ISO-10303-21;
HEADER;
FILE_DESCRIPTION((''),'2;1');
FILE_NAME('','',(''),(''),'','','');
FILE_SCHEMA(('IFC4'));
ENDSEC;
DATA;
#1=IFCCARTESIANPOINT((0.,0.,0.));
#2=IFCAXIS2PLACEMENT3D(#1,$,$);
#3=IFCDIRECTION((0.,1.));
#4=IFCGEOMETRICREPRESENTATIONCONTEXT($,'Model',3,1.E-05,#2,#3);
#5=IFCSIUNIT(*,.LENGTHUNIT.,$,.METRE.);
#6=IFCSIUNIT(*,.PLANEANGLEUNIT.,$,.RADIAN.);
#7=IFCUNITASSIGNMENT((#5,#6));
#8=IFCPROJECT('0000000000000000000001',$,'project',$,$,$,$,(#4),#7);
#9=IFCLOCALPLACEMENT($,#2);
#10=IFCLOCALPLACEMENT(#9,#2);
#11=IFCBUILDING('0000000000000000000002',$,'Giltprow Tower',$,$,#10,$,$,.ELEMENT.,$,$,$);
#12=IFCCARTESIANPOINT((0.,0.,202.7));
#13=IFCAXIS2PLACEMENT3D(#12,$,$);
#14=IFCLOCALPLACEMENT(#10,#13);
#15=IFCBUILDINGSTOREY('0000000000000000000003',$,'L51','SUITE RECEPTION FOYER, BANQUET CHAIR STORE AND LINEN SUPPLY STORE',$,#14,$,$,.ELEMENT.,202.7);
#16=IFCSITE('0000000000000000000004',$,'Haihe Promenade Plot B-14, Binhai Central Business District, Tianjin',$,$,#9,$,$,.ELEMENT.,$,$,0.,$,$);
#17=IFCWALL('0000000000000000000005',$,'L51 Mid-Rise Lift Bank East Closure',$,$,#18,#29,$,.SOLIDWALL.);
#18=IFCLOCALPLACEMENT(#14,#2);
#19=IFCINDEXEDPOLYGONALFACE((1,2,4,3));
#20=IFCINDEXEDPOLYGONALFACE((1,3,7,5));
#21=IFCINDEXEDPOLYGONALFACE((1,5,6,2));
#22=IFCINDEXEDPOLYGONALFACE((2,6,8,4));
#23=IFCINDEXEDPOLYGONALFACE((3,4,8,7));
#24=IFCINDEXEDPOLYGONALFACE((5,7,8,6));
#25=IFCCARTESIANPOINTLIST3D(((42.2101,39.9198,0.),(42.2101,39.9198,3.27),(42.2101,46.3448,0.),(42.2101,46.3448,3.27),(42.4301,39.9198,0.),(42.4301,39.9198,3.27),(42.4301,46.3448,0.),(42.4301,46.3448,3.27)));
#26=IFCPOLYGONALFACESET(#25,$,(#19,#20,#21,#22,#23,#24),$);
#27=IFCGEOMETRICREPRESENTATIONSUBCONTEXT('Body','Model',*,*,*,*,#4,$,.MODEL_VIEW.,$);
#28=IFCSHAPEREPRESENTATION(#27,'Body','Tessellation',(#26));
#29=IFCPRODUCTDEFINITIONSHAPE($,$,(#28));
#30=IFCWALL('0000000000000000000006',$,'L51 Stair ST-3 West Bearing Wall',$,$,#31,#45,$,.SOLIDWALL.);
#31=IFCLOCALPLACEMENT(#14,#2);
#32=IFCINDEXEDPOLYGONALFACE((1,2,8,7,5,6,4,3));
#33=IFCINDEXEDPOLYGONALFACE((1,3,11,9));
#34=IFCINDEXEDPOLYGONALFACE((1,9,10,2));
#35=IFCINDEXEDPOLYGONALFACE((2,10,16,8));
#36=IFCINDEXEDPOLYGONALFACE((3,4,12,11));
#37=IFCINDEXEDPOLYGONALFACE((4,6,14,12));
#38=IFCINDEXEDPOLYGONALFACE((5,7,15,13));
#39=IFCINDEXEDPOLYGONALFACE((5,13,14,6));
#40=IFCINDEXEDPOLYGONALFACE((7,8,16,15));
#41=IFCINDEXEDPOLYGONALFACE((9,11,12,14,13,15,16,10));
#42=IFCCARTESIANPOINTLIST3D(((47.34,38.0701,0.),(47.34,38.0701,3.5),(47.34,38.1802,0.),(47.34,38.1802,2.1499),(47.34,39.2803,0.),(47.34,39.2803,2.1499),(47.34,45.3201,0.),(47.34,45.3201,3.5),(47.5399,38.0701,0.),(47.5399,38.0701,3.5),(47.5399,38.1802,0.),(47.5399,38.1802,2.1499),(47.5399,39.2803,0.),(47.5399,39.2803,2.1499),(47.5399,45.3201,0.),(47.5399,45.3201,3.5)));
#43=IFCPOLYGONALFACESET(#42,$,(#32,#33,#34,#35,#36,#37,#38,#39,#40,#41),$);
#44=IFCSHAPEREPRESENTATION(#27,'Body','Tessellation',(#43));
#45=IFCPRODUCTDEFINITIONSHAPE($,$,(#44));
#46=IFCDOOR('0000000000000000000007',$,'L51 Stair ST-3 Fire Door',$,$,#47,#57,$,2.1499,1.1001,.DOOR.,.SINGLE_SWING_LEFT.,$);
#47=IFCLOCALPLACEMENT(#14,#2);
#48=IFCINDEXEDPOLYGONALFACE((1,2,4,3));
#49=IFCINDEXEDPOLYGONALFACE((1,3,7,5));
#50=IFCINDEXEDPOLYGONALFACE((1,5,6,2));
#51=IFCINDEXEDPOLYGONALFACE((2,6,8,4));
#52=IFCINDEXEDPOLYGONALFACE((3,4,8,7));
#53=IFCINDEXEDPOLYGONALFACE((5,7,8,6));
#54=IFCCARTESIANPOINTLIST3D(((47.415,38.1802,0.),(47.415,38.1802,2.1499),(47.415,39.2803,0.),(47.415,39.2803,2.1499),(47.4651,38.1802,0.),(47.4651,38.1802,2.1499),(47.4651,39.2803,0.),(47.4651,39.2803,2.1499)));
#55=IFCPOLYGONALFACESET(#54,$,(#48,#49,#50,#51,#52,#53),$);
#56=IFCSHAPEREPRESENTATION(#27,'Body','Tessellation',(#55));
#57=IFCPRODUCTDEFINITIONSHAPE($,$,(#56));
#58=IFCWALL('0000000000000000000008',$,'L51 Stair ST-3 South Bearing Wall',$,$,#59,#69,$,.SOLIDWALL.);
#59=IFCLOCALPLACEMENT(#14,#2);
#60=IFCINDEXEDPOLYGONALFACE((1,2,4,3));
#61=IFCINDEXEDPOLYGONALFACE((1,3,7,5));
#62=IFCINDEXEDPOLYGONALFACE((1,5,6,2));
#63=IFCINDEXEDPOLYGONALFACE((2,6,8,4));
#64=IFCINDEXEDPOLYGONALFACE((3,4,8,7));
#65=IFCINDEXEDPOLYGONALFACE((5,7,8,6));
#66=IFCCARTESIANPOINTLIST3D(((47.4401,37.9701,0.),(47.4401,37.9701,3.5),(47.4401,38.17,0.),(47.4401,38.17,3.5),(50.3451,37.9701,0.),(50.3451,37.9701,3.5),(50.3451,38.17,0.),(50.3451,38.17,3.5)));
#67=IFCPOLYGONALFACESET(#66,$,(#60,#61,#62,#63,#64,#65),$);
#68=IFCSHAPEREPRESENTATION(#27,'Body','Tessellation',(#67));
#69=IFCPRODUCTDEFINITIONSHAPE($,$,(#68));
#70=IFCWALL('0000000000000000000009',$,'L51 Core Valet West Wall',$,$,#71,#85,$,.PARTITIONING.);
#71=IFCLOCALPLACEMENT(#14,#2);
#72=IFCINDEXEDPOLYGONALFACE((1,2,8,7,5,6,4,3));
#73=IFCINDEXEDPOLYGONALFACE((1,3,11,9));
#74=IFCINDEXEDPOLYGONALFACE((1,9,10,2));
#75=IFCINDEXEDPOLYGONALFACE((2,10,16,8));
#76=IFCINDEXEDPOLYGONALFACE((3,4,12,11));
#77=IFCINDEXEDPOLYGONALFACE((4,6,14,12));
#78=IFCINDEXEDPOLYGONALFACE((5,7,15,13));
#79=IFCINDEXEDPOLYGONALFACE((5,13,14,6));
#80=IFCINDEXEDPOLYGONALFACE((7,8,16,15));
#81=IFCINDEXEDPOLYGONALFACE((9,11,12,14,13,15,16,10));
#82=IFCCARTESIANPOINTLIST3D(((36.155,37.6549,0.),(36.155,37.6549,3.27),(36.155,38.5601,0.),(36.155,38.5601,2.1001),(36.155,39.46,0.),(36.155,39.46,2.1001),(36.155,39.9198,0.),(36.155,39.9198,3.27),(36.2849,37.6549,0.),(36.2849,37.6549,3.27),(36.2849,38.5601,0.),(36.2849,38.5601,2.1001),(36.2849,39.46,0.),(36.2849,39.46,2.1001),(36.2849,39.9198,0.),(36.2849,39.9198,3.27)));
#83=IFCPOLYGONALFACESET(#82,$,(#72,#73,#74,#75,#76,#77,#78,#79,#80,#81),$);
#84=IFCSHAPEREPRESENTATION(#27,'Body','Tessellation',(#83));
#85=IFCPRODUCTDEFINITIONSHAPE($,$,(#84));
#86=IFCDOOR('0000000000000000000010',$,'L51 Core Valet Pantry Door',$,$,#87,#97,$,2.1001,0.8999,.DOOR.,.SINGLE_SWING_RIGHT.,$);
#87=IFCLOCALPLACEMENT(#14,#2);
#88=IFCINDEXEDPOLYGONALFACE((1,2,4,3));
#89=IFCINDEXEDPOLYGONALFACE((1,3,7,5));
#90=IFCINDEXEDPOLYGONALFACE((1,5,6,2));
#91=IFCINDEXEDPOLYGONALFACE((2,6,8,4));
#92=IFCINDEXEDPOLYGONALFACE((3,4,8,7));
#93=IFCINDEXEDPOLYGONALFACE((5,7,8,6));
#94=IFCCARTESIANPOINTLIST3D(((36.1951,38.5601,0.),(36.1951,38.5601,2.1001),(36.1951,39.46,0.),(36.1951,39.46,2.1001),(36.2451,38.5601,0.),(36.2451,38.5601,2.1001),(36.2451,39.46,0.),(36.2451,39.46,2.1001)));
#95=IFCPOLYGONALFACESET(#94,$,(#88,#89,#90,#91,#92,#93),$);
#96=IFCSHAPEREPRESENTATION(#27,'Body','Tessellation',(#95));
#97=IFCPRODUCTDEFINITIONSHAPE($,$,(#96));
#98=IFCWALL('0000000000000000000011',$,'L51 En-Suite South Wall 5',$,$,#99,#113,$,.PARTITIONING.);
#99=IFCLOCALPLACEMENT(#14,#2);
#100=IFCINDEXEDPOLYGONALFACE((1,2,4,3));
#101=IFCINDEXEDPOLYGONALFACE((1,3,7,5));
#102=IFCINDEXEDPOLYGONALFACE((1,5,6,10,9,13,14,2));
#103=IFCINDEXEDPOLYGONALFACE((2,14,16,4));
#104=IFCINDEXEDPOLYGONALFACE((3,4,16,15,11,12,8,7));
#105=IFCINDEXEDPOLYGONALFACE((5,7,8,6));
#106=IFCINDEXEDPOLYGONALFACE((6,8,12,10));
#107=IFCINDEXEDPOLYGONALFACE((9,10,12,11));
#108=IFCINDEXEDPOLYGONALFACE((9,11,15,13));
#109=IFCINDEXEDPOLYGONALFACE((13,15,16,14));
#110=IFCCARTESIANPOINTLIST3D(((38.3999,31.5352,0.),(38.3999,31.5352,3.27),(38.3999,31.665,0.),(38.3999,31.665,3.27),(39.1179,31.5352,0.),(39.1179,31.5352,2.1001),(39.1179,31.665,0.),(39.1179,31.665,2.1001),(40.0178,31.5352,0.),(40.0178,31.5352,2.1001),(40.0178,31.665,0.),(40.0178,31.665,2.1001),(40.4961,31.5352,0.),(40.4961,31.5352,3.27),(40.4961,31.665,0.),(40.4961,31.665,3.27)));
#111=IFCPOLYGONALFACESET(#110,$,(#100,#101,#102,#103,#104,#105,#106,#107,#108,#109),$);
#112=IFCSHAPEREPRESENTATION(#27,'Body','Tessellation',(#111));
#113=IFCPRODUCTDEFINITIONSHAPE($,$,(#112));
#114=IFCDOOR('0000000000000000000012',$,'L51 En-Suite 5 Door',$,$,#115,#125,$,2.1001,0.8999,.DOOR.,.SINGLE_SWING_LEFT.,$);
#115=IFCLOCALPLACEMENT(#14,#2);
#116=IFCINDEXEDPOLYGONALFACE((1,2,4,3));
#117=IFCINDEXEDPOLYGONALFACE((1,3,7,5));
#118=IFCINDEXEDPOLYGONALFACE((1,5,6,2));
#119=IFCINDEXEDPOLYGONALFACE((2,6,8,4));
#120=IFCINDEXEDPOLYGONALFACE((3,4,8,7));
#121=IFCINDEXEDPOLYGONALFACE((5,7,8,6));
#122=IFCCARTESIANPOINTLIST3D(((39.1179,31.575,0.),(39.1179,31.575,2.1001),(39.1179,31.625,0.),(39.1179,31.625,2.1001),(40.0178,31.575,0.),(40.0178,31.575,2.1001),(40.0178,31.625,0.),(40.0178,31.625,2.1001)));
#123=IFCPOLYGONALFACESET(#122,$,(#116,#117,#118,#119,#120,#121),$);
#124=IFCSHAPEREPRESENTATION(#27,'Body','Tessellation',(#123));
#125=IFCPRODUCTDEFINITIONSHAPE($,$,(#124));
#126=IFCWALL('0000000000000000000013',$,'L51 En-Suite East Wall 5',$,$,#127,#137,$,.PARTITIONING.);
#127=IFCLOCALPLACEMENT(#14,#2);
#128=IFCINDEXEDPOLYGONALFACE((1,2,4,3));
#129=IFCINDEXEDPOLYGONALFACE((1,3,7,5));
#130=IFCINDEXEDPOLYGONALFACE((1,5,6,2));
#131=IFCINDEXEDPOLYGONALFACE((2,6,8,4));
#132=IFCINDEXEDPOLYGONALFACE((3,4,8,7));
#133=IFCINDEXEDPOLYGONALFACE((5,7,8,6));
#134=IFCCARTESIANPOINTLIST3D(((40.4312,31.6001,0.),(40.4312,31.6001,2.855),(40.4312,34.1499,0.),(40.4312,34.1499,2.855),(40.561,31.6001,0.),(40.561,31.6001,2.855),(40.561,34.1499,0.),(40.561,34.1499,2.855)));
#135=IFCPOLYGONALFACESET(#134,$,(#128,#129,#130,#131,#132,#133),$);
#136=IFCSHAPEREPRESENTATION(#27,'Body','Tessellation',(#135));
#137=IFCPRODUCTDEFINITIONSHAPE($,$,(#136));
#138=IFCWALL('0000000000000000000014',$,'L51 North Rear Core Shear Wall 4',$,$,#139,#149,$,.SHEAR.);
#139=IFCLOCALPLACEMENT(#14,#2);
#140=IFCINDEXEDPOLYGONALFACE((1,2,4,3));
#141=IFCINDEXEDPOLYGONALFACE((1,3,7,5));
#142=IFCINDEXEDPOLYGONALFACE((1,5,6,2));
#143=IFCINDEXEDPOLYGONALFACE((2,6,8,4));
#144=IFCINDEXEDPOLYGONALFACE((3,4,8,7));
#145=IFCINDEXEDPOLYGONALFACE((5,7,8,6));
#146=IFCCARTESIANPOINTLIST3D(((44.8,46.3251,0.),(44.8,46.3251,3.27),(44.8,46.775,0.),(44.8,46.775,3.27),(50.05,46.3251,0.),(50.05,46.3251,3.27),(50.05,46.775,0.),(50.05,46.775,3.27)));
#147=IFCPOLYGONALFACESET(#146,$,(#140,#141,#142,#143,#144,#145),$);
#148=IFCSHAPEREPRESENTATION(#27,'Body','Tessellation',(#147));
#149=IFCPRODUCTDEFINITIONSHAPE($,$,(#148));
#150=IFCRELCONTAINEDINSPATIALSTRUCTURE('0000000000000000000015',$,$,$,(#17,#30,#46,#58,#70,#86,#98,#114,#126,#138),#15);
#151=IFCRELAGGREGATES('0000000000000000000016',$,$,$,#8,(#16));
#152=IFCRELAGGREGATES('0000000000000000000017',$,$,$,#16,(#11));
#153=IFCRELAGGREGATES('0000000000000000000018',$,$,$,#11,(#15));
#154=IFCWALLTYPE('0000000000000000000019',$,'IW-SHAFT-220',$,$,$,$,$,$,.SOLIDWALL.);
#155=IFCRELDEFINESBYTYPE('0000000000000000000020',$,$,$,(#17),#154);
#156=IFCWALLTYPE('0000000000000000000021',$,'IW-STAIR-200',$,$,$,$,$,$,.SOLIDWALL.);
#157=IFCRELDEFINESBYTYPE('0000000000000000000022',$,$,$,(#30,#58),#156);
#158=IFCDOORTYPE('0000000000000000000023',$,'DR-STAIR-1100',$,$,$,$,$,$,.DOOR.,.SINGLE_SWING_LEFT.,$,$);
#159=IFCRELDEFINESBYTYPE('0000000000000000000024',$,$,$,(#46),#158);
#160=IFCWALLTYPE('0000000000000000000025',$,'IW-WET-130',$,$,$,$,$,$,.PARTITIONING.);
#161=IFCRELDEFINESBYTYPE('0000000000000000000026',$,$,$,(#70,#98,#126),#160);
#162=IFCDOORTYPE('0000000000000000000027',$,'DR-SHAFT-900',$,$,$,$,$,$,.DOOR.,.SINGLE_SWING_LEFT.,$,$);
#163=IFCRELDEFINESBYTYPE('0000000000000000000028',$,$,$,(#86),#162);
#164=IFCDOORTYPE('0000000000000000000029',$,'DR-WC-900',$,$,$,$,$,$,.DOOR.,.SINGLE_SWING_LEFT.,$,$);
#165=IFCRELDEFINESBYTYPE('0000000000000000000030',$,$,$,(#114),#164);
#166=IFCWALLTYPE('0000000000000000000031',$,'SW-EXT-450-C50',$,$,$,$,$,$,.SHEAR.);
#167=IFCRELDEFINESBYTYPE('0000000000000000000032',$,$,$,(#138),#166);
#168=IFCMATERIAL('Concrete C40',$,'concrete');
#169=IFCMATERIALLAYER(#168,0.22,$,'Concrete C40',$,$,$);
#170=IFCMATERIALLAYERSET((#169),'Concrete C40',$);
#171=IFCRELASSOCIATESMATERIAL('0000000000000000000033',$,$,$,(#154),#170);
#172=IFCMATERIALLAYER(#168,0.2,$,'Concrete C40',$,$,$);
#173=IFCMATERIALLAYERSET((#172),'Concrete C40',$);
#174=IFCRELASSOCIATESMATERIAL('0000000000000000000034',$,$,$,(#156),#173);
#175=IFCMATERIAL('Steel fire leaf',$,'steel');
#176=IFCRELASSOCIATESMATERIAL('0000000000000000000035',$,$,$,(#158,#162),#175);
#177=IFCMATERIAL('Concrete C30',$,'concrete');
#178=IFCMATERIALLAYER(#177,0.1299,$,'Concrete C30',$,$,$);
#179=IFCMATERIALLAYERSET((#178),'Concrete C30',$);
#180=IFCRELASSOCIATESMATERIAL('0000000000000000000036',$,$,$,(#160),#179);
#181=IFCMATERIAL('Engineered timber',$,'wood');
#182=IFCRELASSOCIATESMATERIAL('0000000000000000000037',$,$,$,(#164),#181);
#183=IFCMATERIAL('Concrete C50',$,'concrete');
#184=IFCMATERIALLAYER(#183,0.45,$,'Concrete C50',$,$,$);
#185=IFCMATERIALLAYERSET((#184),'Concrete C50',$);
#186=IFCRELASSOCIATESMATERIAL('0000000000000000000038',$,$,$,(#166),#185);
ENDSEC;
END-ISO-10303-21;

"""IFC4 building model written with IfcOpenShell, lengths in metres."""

from ifc_helpers import new_model, si_unit, direction, frame, frame_2d, origin, place, context, subcontext, project, spatial, rectangle, extrude, source, transform, mapped, material, layer, layer_set, type_object, element, fill, save


model = new_model("IFC4")

# Units and contexts
model_context = context("Model", 3, precision=1e-05, world=origin(), true_north=direction((0.0, 1.0)))
body_context = subcontext(model_context, "Body", "Model", "MODEL_VIEW")
ifc_project = project(units=[si_unit("LENGTHUNIT", "METRE"), si_unit("PLANEANGLEUNIT", "RADIAN")], contexts=[model_context])

# Site, building, storey
site_placement = place(None, origin())
site = spatial("IfcSite", under=ifc_project, at=site_placement, Name="Haihe Promenade Plot B-14, Binhai Central Business District, Tianjin", CompositionType="ELEMENT", RefElevation=0.0)
building_placement = place(site_placement, origin())
building = spatial("IfcBuilding", under=site, at=building_placement, Name="Giltprow Tower", CompositionType="ELEMENT")
storey_placement = place(building_placement, frame((0.0, 0.0, 202.7)))
storey = spatial("IfcBuildingStorey", under=building, at=storey_placement, Name="L51", Description="SUITE RECEPTION FOYER, BANQUET CHAIR STORE AND LINEN SUPPLY STORE", CompositionType="ELEMENT", Elevation=202.7)

# Shared definitions
ifc_material_1 = material(Name="Concrete C50", Category="concrete")

# Shared definitions
ifc_material_2 = material(Name="Concrete C40", Category="concrete")
ifc_layer_1 = layer(ifc_material_2, 0.22, Name="Concrete C40")
ifc_layer_set_1 = layer_set([ifc_layer_1], Name="Concrete C40")
wall_type_1 = type_object("IfcWallType", Name="IW-SHAFT-220", PredefinedType="SOLIDWALL", material=ifc_layer_set_1)

# Wall
wall_1_placement = place(storey_placement, frame((42.3201, 39.9199, 0.0), z_axis=(0.0, 0.0, 1.0), x_axis=(0.0, 1.0, 0.0)))
element("IfcWall", 1, at=wall_1_placement, inside=storey, type_object=wall_type_1, Name="L51 Mid-Rise Lift Bank East Closure", PredefinedType="SOLIDWALL", context=body_context, shape_type="SweptSolid", body=[
    extrude(rectangle(XDim=6.425, YDim=0.22, at=frame_2d((3.2124, 0.0))), origin(), (0.0, 0.0, 1.0), 3.27),
])

# Wall, opening, door
ifc_layer_2 = layer(ifc_material_2, 0.2, Name="Concrete C40")
ifc_layer_set_2 = layer_set([ifc_layer_2], Name="Concrete C40")
wall_type_2 = type_object("IfcWallType", Name="IW-STAIR-200", PredefinedType="SOLIDWALL", material=ifc_layer_set_2)
wall_2_placement = place(storey_placement, frame((47.4399, 38.0701, 0.0), z_axis=(0.0, 0.0, 1.0), x_axis=(0.0, 1.0, 0.0)))
wall_2 = element("IfcWall", 2, at=wall_2_placement, inside=storey, type_object=wall_type_2, Name="L51 Stair ST-3 West Bearing Wall", PredefinedType="SOLIDWALL", context=body_context, shape_type="SweptSolid", body=[
    extrude(rectangle(XDim=7.25, YDim=0.2, at=frame_2d((3.625, 0.0))), origin(), (0.0, 0.0, 1.0), 3.5),
])
opening_1_placement = place(wall_2_placement, frame((0.1101, 0.0, 0.0)))
opening_1 = element("IfcOpeningElement", 3, at=opening_1_placement, cuts=wall_2, PredefinedType="OPENING", context=body_context, shape_type="SweptSolid", body=[
    extrude(rectangle(XDim=1.1001, YDim=2.1499, at=frame_2d((0.55, 1.075))), frame((0.0, 0.1099, 0.0), z_axis=(0.0, -1.0, 0.0), x_axis=(1.0, 0.0, 0.0)), (0.0, 0.0, 1.0), 0.22),
])
ifc_material_3 = material(Name="Steel fire leaf", Category="steel")
door_type_1 = type_object("IfcDoorType", Name="DR-STAIR-1100", OperationType="SINGLE_SWING_LEFT", PredefinedType="DOOR", material=ifc_material_3)
shared_shape_1 = source(origin(), body_context, "Body", "SweptSolid", [
    extrude(rectangle(XDim=1.1001, YDim=2.1499, at=frame_2d((0.55, 1.075))), frame((0.0, 0.0249, 0.0), z_axis=(0.0, -1.0, 0.0), x_axis=(1.0, 0.0, 0.0)), (0.0, 0.0, 1.0), 0.05),
])
door_1_placement = place(opening_1_placement, origin())
door_1 = element("IfcDoor", 4, at=door_1_placement, inside=storey, type_object=door_type_1, Name="L51 Stair ST-3 Fire Door", OperationType="SINGLE_SWING_LEFT", OverallHeight=2.1499, OverallWidth=1.1001, PredefinedType="DOOR", context=body_context, shape_type="MappedRepresentation", body=[
    mapped(shared_shape_1, transform((0.0, 0.0, 0.0), x_axis=(1.0, 0.0, 0.0), y_axis=(0.0, 1.0, 0.0), z_axis=(0.0, 0.0, 1.0), scale=1.0)),
])
fill(opening_1, door_1)

# Wall
wall_3_placement = place(storey_placement, frame((47.4399, 38.0701, 0.0), z_axis=(0.0, 0.0, 1.0), x_axis=(1.0, 0.0, 0.0)))
element("IfcWall", 5, at=wall_3_placement, inside=storey, type_object=wall_type_2, Name="L51 Stair ST-3 South Bearing Wall", PredefinedType="SOLIDWALL", context=body_context, shape_type="SweptSolid", body=[
    extrude(rectangle(XDim=2.905, YDim=0.2, at=frame_2d((1.4526, 0.0))), origin(), (0.0, 0.0, 1.0), 3.5),
])

# Walls, openings, doors
ifc_material_4 = material(Name="Concrete C30", Category="concrete")
ifc_layer_3 = layer(ifc_material_4, 0.1299, Name="Concrete C30")
ifc_layer_set_3 = layer_set([ifc_layer_3], Name="Concrete C30")
wall_type_3 = type_object("IfcWallType", Name="IW-WET-130", PredefinedType="PARTITIONING", material=ifc_layer_set_3)
wall_4_placement = place(storey_placement, frame((36.22, 37.655, 0.0), z_axis=(0.0, 0.0, 1.0), x_axis=(0.0, 1.0, 0.0)))
wall_4 = element("IfcWall", 6, at=wall_4_placement, inside=storey, type_object=wall_type_3, Name="L51 Core Valet West Wall", PredefinedType="PARTITIONING", context=body_context, shape_type="SweptSolid", body=[
    extrude(rectangle(XDim=2.2649, YDim=0.1299, at=frame_2d((1.1323, 0.0))), origin(), (0.0, 0.0, 1.0), 3.27),
])
opening_2_placement = place(wall_4_placement, frame((0.905, 0.0, 0.0)))
opening_2 = element("IfcOpeningElement", 7, at=opening_2_placement, cuts=wall_4, PredefinedType="OPENING", context=body_context, shape_type="SweptSolid", body=[
    extrude(rectangle(XDim=0.8999, YDim=2.1001, at=frame_2d((0.45, 1.05))), frame((0.0, 0.075, 0.0), z_axis=(0.0, -1.0, 0.0), x_axis=(1.0, 0.0, 0.0)), (0.0, 0.0, 1.0), 0.1499),
])
door_type_2 = type_object("IfcDoorType", Name="DR-SHAFT-900", OperationType="SINGLE_SWING_LEFT", PredefinedType="DOOR", material=ifc_material_3)
shared_shape_2 = source(origin(), body_context, "Body", "SweptSolid", [
    extrude(rectangle(XDim=0.8999, YDim=2.1001, at=frame_2d((0.45, 1.05))), frame((0.0, 0.0249, 0.0), z_axis=(0.0, -1.0, 0.0), x_axis=(1.0, 0.0, 0.0)), (0.0, 0.0, 1.0), 0.05),
])
door_2_placement = place(opening_2_placement, origin())
door_2 = element("IfcDoor", 8, at=door_2_placement, inside=storey, type_object=door_type_2, Name="L51 Core Valet Pantry Door", OperationType="SINGLE_SWING_RIGHT", OverallHeight=2.1001, OverallWidth=0.8999, PredefinedType="DOOR", context=body_context, shape_type="MappedRepresentation", body=[
    mapped(shared_shape_2, transform((0.0, 0.0, 0.0), x_axis=(1.0, 0.0, 0.0), y_axis=(0.0, 1.0, 0.0), z_axis=(0.0, 0.0, 1.0), scale=1.0)),
])
fill(opening_2, door_2)
wall_5_placement = place(storey_placement, frame((38.3999, 31.6001, 0.0), z_axis=(0.0, 0.0, 1.0), x_axis=(1.0, 0.0, 0.0)))
wall_5 = element("IfcWall", 9, at=wall_5_placement, inside=storey, type_object=wall_type_3, Name="L51 En-Suite South Wall 5", PredefinedType="PARTITIONING", context=body_context, shape_type="SweptSolid", body=[
    extrude(rectangle(XDim=2.0962, YDim=0.1299, at=frame_2d((1.0481, 0.0))), origin(), (0.0, 0.0, 1.0), 3.27),
])
opening_3_placement = place(wall_5_placement, frame((0.718, 0.0, 0.0)))
opening_3 = element("IfcOpeningElement", 10, at=opening_3_placement, cuts=wall_5, PredefinedType="OPENING", context=body_context, shape_type="SweptSolid", body=[
    extrude(rectangle(XDim=0.8999, YDim=2.1001, at=frame_2d((0.45, 1.05))), frame((0.0, 0.075, 0.0), z_axis=(0.0, -1.0, 0.0), x_axis=(1.0, 0.0, 0.0)), (0.0, 0.0, 1.0), 0.1499),
])
ifc_material_5 = material(Name="Engineered timber", Category="wood")
door_type_3 = type_object("IfcDoorType", Name="DR-WC-900", OperationType="SINGLE_SWING_LEFT", PredefinedType="DOOR", material=ifc_material_5)
door_3_placement = place(opening_3_placement, origin())
door_3 = element("IfcDoor", 11, at=door_3_placement, inside=storey, type_object=door_type_3, Name="L51 En-Suite 5 Door", OperationType="SINGLE_SWING_LEFT", OverallHeight=2.1001, OverallWidth=0.8999, PredefinedType="DOOR", context=body_context, shape_type="MappedRepresentation", body=[
    mapped(shared_shape_2, transform((0.0, 0.0, 0.0), x_axis=(1.0, 0.0, 0.0), y_axis=(0.0, 1.0, 0.0), z_axis=(0.0, 0.0, 1.0), scale=1.0)),
])
fill(opening_3, door_3)

# Walls
wall_6_placement = place(storey_placement, frame((40.4961, 31.6001, 0.0), z_axis=(0.0, 0.0, 1.0), x_axis=(0.0, 1.0, 0.0)))
element("IfcWall", 12, at=wall_6_placement, inside=storey, type_object=wall_type_3, Name="L51 En-Suite East Wall 5", PredefinedType="PARTITIONING", context=body_context, shape_type="SweptSolid", body=[
    extrude(rectangle(XDim=2.5498, YDim=0.1299, at=frame_2d((1.2749, 0.0))), origin(), (0.0, 0.0, 1.0), 2.855),
])
ifc_layer_4 = layer(ifc_material_1, 0.45, Name="Concrete C50")
ifc_layer_set_4 = layer_set([ifc_layer_4], Name="Concrete C50")
wall_type_4 = type_object("IfcWallType", Name="SW-EXT-450-C50", PredefinedType="SHEAR", material=ifc_layer_set_4)
wall_7_placement = place(storey_placement, frame((44.8, 46.55, 0.0), z_axis=(0.0, 0.0, 1.0), x_axis=(1.0, 0.0, 0.0)))
element("IfcWall", 13, at=wall_7_placement, inside=storey, type_object=wall_type_4, Name="L51 North Rear Core Shear Wall 4", PredefinedType="SHEAR", context=body_context, shape_type="SweptSolid", body=[
    extrude(rectangle(XDim=5.25, YDim=0.45, at=frame_2d((2.625, 0.0))), origin(), (0.0, 0.0, 1.0), 3.27),
])

save(model, "model.ifc")
